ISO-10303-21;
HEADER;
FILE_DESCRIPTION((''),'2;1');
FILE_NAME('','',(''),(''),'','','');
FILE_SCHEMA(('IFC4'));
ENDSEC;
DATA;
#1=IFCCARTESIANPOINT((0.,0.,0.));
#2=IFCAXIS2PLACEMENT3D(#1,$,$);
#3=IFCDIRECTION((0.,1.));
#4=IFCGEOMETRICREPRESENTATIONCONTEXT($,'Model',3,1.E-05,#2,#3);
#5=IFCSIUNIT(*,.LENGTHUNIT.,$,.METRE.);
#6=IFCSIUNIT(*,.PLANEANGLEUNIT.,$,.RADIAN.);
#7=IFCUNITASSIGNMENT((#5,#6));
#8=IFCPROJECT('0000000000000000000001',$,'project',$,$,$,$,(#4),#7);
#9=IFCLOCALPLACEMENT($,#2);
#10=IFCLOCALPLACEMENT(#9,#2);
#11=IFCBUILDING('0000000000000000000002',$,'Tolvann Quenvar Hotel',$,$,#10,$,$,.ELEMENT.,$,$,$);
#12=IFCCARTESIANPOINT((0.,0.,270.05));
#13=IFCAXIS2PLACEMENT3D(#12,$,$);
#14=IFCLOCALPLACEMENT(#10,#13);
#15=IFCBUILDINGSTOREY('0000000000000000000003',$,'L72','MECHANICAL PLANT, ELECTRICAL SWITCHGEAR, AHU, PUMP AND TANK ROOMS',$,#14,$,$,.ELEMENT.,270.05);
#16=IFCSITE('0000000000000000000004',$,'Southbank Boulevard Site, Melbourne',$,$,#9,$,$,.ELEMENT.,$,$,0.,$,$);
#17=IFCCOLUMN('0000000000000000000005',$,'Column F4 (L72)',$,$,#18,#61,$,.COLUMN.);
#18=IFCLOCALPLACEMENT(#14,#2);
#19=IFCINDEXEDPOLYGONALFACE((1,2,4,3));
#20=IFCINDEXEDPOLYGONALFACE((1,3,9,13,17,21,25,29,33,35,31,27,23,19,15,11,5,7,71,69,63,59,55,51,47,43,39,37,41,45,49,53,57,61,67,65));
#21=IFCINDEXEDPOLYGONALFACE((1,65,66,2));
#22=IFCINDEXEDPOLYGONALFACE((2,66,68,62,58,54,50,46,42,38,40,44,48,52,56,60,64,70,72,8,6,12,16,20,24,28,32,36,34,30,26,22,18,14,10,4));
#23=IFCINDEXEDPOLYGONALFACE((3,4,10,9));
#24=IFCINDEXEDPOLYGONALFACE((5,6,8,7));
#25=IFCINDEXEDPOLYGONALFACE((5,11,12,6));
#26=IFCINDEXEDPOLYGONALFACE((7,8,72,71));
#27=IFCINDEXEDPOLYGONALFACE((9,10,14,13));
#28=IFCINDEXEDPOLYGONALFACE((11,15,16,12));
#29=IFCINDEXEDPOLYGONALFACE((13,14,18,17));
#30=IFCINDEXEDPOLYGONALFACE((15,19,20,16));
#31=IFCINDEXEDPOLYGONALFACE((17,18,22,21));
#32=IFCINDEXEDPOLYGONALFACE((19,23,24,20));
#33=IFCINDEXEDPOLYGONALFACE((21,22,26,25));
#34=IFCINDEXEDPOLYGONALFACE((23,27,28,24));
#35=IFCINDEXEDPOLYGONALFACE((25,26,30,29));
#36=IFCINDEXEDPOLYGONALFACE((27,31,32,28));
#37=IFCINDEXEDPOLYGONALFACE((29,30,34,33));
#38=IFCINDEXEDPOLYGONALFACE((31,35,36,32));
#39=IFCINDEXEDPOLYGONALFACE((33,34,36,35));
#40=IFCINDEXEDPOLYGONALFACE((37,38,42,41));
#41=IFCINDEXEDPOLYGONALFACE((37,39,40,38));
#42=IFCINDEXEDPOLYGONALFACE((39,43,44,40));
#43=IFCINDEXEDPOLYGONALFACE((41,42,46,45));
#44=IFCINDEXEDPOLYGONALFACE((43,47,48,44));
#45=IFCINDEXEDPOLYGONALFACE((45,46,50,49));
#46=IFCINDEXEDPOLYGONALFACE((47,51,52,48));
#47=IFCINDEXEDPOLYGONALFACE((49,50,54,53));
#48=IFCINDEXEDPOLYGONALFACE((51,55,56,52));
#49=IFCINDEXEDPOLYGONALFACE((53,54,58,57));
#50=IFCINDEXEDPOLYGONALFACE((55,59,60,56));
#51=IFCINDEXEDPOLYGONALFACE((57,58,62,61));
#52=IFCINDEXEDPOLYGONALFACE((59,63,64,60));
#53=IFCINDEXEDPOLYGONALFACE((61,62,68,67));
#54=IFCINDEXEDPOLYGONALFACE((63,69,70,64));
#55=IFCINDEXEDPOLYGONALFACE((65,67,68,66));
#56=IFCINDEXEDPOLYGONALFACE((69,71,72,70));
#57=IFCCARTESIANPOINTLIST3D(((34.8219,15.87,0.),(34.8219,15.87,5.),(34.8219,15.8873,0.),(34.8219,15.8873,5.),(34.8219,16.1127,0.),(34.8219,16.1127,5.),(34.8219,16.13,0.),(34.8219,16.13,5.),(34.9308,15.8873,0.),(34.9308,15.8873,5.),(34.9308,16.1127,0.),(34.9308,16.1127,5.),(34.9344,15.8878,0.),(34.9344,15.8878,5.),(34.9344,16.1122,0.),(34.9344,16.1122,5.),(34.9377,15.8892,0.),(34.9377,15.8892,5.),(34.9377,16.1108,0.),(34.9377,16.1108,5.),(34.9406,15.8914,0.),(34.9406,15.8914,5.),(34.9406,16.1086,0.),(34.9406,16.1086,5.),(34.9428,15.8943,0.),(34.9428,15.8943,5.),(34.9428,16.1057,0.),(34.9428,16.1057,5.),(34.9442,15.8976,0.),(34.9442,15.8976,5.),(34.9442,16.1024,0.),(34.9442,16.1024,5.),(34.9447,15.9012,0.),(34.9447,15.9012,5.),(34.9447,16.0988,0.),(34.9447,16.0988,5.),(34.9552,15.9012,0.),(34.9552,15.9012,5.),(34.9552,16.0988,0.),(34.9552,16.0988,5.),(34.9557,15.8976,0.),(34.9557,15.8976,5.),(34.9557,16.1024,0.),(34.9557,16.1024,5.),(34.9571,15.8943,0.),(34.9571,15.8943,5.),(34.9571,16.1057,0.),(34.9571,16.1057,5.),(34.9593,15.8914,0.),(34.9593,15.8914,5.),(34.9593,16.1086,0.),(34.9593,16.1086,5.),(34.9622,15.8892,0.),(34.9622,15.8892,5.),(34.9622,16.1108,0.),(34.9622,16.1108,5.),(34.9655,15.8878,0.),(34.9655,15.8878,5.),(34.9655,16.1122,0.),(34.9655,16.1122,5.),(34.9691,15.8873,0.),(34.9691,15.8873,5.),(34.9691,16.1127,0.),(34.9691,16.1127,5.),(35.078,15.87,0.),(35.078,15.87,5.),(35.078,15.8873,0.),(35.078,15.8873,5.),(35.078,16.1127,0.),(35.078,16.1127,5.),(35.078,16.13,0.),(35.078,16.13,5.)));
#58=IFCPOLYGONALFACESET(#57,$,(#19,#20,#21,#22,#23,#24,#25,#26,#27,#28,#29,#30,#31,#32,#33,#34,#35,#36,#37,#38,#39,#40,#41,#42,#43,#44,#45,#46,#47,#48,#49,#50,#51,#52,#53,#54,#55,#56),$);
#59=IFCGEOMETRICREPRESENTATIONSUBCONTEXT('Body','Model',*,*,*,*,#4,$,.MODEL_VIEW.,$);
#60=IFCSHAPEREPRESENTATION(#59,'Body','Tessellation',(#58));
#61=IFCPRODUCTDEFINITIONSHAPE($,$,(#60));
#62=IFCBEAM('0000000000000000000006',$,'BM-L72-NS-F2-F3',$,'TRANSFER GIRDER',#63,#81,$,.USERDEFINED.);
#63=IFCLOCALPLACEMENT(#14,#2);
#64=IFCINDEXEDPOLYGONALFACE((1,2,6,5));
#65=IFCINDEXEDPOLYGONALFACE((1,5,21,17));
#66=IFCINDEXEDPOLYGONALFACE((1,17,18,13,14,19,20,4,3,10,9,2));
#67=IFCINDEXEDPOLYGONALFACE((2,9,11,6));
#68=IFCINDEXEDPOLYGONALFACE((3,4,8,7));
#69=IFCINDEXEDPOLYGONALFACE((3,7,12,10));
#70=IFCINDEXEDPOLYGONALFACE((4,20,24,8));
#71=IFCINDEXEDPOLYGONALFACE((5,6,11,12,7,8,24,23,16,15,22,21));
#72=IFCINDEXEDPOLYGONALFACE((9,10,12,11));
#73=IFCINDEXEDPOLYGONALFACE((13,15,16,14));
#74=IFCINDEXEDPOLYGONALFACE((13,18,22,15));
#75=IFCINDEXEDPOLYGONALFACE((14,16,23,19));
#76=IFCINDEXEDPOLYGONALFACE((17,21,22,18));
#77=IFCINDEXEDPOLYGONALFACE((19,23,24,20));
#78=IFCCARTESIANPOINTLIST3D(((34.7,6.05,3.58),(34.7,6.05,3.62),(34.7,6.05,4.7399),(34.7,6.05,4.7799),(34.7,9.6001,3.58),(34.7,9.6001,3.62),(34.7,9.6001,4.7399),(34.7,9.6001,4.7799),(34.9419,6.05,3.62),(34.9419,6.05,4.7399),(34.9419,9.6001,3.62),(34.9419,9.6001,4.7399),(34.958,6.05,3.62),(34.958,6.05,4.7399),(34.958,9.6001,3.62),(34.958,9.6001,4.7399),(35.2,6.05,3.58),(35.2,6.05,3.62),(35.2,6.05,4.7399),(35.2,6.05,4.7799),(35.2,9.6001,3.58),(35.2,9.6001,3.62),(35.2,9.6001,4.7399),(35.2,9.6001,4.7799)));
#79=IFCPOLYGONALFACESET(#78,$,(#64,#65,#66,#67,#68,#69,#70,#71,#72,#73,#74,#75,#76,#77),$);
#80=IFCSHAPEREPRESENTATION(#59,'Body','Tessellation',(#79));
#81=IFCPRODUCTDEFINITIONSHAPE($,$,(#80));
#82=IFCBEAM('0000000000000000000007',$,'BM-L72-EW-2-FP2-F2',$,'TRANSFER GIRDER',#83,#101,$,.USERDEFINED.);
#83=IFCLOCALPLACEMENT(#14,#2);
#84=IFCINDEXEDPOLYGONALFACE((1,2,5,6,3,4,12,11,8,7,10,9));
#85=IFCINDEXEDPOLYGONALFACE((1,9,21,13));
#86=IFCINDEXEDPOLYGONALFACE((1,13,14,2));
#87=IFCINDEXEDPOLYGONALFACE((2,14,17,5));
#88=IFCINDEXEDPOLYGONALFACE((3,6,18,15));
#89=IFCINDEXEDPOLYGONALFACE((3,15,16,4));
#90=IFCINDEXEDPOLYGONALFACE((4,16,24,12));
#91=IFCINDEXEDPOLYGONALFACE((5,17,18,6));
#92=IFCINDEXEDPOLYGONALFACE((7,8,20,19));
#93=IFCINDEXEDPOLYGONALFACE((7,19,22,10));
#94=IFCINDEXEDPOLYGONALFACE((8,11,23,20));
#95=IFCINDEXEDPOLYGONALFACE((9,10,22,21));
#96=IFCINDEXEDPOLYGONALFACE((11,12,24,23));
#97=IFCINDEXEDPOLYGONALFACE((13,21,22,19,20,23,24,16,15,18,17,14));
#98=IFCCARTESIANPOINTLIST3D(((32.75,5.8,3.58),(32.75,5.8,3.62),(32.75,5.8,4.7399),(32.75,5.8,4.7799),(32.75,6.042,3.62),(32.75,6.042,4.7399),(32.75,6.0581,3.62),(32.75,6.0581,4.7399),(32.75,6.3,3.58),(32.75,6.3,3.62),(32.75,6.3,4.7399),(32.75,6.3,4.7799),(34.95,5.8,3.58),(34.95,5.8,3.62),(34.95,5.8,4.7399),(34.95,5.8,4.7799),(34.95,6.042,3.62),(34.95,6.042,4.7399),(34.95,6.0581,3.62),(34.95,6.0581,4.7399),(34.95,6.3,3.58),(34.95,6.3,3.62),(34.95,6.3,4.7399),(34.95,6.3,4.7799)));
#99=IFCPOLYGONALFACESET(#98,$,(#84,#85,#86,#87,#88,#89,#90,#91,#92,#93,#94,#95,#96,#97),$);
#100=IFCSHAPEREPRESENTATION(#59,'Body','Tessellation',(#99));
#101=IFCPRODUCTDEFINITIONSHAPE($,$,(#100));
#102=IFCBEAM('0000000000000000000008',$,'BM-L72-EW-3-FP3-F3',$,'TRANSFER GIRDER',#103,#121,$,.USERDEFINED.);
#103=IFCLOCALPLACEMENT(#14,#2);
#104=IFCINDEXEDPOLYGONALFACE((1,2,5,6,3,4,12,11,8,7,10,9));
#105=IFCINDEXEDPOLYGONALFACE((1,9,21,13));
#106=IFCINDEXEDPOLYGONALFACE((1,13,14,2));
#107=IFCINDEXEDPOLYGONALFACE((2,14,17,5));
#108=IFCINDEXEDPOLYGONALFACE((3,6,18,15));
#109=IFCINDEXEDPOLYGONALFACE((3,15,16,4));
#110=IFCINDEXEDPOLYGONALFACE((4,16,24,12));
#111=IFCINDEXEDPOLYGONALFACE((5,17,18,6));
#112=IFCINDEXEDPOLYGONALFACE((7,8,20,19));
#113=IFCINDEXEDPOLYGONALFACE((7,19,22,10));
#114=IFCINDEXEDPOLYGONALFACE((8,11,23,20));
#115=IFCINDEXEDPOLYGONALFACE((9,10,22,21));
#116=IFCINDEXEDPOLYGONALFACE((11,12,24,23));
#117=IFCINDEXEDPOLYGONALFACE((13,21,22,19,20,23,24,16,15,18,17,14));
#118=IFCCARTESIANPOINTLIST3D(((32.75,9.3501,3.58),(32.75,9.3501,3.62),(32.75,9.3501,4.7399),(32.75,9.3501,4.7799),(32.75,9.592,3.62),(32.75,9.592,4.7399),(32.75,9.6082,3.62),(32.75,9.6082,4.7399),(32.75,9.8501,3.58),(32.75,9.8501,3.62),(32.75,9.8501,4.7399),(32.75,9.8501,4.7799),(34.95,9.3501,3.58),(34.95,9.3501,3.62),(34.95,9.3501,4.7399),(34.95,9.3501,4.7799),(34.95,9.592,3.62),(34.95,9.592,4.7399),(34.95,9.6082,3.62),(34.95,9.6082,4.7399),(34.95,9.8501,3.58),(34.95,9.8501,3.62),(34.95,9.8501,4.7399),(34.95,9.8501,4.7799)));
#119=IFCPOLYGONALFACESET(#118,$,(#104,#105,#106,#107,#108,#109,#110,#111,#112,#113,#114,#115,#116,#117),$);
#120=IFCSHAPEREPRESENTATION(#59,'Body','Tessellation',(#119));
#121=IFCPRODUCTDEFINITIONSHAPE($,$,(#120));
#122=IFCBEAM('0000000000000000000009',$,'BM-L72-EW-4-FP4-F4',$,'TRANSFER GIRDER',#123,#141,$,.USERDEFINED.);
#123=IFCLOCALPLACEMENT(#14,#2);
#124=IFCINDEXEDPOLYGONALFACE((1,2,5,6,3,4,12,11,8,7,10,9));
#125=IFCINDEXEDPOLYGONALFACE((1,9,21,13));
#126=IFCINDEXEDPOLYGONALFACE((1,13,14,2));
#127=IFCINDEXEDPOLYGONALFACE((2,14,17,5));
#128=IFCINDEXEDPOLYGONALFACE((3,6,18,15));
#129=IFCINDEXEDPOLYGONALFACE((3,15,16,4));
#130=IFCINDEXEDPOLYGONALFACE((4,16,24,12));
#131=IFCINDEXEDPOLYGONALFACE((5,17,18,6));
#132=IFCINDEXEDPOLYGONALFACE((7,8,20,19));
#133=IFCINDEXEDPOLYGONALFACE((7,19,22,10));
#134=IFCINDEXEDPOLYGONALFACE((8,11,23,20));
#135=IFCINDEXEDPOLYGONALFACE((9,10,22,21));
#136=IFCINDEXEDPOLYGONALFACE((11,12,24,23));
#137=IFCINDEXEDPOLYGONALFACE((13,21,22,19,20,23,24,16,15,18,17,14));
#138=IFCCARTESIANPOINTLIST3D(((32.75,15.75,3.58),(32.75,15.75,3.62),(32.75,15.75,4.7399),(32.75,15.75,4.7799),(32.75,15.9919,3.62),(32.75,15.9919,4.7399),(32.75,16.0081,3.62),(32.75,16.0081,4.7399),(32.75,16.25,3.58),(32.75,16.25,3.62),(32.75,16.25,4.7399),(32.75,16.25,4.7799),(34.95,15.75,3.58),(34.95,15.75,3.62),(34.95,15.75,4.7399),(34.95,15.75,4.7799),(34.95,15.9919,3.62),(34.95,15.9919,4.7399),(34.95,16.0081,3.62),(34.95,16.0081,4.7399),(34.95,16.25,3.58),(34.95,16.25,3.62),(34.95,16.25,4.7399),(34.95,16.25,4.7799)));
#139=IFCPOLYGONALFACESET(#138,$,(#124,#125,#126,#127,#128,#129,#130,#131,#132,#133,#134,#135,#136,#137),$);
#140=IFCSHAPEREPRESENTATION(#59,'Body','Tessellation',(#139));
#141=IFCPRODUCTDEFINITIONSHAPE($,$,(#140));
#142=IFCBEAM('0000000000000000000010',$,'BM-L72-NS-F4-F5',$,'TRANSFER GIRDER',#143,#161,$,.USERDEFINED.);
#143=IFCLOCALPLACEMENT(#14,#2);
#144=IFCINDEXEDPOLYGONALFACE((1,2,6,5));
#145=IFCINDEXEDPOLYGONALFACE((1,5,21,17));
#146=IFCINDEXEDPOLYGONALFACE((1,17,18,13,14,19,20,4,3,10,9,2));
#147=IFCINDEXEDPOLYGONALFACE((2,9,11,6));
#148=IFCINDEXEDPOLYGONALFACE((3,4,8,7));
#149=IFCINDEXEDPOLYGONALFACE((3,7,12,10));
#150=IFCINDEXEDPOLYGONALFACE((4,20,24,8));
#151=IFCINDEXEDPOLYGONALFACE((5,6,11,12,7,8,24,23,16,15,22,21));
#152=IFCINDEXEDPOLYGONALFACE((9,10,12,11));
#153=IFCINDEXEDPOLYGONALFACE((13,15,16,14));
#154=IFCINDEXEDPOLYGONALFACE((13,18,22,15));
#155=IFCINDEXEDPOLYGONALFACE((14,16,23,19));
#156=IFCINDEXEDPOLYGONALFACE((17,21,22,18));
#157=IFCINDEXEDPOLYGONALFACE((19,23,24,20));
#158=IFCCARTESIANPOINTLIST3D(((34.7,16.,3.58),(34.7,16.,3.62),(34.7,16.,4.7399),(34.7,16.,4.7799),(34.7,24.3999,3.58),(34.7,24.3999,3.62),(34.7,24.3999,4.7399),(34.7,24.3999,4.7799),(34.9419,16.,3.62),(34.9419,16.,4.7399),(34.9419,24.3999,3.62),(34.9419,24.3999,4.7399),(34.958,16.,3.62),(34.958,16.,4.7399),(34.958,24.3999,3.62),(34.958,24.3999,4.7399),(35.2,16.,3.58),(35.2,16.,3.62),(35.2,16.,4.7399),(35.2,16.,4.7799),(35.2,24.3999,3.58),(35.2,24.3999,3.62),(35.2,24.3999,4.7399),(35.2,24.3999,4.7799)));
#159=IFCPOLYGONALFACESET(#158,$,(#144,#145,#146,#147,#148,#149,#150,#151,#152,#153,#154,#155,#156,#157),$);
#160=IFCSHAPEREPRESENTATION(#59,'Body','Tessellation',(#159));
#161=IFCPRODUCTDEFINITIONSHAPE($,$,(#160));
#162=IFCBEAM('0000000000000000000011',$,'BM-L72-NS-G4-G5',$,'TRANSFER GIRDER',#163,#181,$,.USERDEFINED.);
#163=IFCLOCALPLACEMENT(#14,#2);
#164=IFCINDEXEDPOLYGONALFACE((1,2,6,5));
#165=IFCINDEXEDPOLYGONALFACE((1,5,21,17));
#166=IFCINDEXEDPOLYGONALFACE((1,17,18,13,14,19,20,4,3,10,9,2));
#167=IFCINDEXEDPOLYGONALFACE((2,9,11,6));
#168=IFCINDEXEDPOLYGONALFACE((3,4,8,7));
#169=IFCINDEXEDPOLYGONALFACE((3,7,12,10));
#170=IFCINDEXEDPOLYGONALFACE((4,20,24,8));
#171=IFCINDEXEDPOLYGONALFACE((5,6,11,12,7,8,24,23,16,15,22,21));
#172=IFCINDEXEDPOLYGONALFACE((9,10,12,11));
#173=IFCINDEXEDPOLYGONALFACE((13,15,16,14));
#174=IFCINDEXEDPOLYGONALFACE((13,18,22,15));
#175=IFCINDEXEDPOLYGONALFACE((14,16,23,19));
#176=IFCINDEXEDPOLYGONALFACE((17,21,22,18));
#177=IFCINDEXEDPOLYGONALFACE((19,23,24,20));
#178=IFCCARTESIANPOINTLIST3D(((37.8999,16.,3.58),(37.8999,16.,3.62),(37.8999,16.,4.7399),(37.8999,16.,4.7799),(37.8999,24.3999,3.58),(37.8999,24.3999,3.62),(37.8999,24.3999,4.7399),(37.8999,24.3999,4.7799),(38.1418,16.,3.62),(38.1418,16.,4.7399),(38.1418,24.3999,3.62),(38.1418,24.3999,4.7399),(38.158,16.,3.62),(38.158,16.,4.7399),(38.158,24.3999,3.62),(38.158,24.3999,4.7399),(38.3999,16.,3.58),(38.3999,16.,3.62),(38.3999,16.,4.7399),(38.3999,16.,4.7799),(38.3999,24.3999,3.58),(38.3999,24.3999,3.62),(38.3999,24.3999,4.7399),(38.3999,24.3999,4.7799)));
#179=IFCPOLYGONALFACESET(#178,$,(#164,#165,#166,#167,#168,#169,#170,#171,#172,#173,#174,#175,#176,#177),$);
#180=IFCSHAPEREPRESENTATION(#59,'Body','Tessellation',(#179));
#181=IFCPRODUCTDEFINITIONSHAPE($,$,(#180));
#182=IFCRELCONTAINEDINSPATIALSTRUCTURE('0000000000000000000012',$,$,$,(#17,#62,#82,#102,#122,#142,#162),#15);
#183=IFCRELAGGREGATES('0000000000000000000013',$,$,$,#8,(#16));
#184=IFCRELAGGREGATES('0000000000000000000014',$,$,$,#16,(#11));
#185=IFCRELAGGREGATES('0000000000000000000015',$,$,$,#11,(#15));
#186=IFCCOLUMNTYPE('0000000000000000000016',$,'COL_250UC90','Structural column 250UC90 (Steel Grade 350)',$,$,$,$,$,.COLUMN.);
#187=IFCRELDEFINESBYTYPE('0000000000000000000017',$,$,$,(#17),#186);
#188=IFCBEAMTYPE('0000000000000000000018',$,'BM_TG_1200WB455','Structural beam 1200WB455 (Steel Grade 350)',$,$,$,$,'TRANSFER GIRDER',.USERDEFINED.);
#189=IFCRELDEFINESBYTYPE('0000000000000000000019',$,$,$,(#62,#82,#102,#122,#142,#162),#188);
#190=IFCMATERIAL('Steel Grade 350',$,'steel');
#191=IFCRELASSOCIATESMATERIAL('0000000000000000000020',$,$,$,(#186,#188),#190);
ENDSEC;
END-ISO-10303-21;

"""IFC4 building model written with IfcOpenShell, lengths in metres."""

from ifc_helpers import new_model, si_unit, direction, frame, origin, origin_2d, place, context, subcontext, project, spatial, i_section, extrude, source, transform, mapped, material, material_profile, profile_set, type_object, type_shapes, element, save


model = new_model("IFC4")

# Units and contexts
model_context = context("Model", 3, precision=1e-05, world=origin(), true_north=direction((0.0, 1.0)))
body_context = subcontext(model_context, "Body", "Model", "MODEL_VIEW")
ifc_project = project(units=[si_unit("LENGTHUNIT", "METRE"), si_unit("PLANEANGLEUNIT", "RADIAN")], contexts=[model_context])

# Site, building, storey
site_placement = place(None, origin())
site = spatial("IfcSite", under=ifc_project, at=site_placement, Name="Southbank Boulevard Site, Melbourne", CompositionType="ELEMENT", RefElevation=0.0)
building_placement = place(site_placement, origin())
building = spatial("IfcBuilding", under=site, at=building_placement, Name="Tolvann Quenvar Hotel", CompositionType="ELEMENT")
storey_placement = place(building_placement, frame((0.0, 0.0, 270.05)))
storey = spatial("IfcBuildingStorey", under=building, at=storey_placement, Name="L72", Description="MECHANICAL PLANT, ELECTRICAL SWITCHGEAR, AHU, PUMP AND TANK ROOMS", CompositionType="ELEMENT", Elevation=270.05)

# Column
ifc_material_1 = material(Name="Steel Grade 350", Category="steel")
ifc_material_profile_1 = material_profile(ifc_material_1, i_section(OverallWidth=0.2561, OverallDepth=0.26, WebThickness=0.0105, FlangeThickness=0.0173, FilletRadius=0.0139, at=origin_2d()), Name="250UC90")
ifc_profile_set_1 = profile_set([ifc_material_profile_1], Name="Steel Grade 350")
column_type_1 = type_object("IfcColumnType", Name="COL_250UC90", Description="Structural column 250UC90 (Steel Grade 350)", PredefinedType="COLUMN", material=ifc_profile_set_1)
shared_shape_1 = source(origin(), body_context, "Body", "SweptSolid", [
    extrude(i_section(OverallWidth=0.2561, OverallDepth=0.26, WebThickness=0.0105, FlangeThickness=0.0173, FilletRadius=0.0139, at=origin_2d()), origin(), (0.0, 0.0, 1.0), 5.0),
])
type_shapes(column_type_1, [shared_shape_1])
for number, where, z_axis, x_axis, name in (
    (1, (34.95, 16.0, 0.0), (0.0, 0.0, 1.0), (1.0, 0.0, 0.0), "Column F4 (L72)"),
):
    element("IfcColumn", number, at=place(storey_placement, frame(where, z_axis=z_axis, x_axis=x_axis)), inside=storey, type_object=column_type_1, Name=name, PredefinedType="COLUMN", context=body_context, shape_type="MappedRepresentation", body=[
        mapped(shared_shape_1, transform((0.0, 0.0, 0.0), x_axis=(1.0, 0.0, 0.0), y_axis=(0.0, 1.0, 0.0), z_axis=(0.0, 0.0, 1.0), scale=1.0)),
    ])

# Beams
ifc_material_profile_2 = material_profile(ifc_material_1, i_section(OverallWidth=0.5, OverallDepth=1.2, WebThickness=0.0161, FlangeThickness=0.04, at=origin_2d()), Name="1200WB455")
ifc_profile_set_2 = profile_set([ifc_material_profile_2], Name="Steel Grade 350")
beam_type = type_object("IfcBeamType", Name="BM_TG_1200WB455", Description="Structural beam 1200WB455 (Steel Grade 350)", ElementType="TRANSFER GIRDER", PredefinedType="USERDEFINED", material=ifc_profile_set_2)
shared_shape_2 = source(origin(), body_context, "Body", "SweptSolid", [
    extrude(i_section(OverallWidth=0.5, OverallDepth=1.2, WebThickness=0.0161, FlangeThickness=0.04, at=origin_2d()), origin(), (0.0, 0.0, 1.0), 3.55),
])
beam_1_placement = place(storey_placement, frame((34.95, 6.05, 4.1799), z_axis=(0.0, 1.0, 0.0), x_axis=(-1.0, 0.0, 0.0)))
element("IfcBeam", 2, at=beam_1_placement, inside=storey, type_object=beam_type, Name="BM-L72-NS-F2-F3", ObjectType="TRANSFER GIRDER", PredefinedType="USERDEFINED", context=body_context, shape_type="MappedRepresentation", body=[
    mapped(shared_shape_2, transform((0.0, 0.0, 0.0), x_axis=(1.0, 0.0, 0.0), y_axis=(0.0, 1.0, 0.0), z_axis=(0.0, 0.0, 1.0), scale=1.0)),
])
shared_shape_3 = source(origin(), body_context, "Body", "SweptSolid", [
    extrude(i_section(OverallWidth=0.5, OverallDepth=1.2, WebThickness=0.0161, FlangeThickness=0.04, at=origin_2d()), origin(), (0.0, 0.0, 1.0), 2.2),
])
for number, where, z_axis, x_axis, name in (
    (3, (32.75, 6.05, 4.1799), (1.0, 0.0, 0.0), (0.0, 1.0, 0.0), "BM-L72-EW-2-FP2-F2"),
    (4, (32.75, 9.6001, 4.1799), (1.0, 0.0, 0.0), (0.0, 1.0, 0.0), "BM-L72-EW-3-FP3-F3"),
    (5, (32.75, 16.0, 4.1799), (1.0, 0.0, 0.0), (0.0, 1.0, 0.0), "BM-L72-EW-4-FP4-F4"),
):
    element("IfcBeam", number, at=place(storey_placement, frame(where, z_axis=z_axis, x_axis=x_axis)), inside=storey, type_object=beam_type, Name=name, ObjectType="TRANSFER GIRDER", PredefinedType="USERDEFINED", context=body_context, shape_type="MappedRepresentation", body=[
        mapped(shared_shape_3, transform((0.0, 0.0, 0.0), x_axis=(1.0, 0.0, 0.0), y_axis=(0.0, 1.0, 0.0), z_axis=(0.0, 0.0, 1.0), scale=1.0)),
    ])
shared_shape_4 = source(origin(), body_context, "Body", "SweptSolid", [
    extrude(i_section(OverallWidth=0.5, OverallDepth=1.2, WebThickness=0.0161, FlangeThickness=0.04, at=origin_2d()), origin(), (0.0, 0.0, 1.0), 8.3999),
])
for number, where, z_axis, x_axis, name in (
    (6, (34.95, 16.0, 4.1799), (0.0, 1.0, 0.0), (-1.0, 0.0, 0.0), "BM-L72-NS-F4-F5"),
    (7, (38.1499, 16.0, 4.1799), (0.0, 1.0, 0.0), (-1.0, 0.0, 0.0), "BM-L72-NS-G4-G5"),
):
    element("IfcBeam", number, at=place(storey_placement, frame(where, z_axis=z_axis, x_axis=x_axis)), inside=storey, type_object=beam_type, Name=name, ObjectType="TRANSFER GIRDER", PredefinedType="USERDEFINED", context=body_context, shape_type="MappedRepresentation", body=[
        mapped(shared_shape_4, transform((0.0, 0.0, 0.0), x_axis=(1.0, 0.0, 0.0), y_axis=(0.0, 1.0, 0.0), z_axis=(0.0, 0.0, 1.0), scale=1.0)),
    ])

save(model, "model.ifc")
